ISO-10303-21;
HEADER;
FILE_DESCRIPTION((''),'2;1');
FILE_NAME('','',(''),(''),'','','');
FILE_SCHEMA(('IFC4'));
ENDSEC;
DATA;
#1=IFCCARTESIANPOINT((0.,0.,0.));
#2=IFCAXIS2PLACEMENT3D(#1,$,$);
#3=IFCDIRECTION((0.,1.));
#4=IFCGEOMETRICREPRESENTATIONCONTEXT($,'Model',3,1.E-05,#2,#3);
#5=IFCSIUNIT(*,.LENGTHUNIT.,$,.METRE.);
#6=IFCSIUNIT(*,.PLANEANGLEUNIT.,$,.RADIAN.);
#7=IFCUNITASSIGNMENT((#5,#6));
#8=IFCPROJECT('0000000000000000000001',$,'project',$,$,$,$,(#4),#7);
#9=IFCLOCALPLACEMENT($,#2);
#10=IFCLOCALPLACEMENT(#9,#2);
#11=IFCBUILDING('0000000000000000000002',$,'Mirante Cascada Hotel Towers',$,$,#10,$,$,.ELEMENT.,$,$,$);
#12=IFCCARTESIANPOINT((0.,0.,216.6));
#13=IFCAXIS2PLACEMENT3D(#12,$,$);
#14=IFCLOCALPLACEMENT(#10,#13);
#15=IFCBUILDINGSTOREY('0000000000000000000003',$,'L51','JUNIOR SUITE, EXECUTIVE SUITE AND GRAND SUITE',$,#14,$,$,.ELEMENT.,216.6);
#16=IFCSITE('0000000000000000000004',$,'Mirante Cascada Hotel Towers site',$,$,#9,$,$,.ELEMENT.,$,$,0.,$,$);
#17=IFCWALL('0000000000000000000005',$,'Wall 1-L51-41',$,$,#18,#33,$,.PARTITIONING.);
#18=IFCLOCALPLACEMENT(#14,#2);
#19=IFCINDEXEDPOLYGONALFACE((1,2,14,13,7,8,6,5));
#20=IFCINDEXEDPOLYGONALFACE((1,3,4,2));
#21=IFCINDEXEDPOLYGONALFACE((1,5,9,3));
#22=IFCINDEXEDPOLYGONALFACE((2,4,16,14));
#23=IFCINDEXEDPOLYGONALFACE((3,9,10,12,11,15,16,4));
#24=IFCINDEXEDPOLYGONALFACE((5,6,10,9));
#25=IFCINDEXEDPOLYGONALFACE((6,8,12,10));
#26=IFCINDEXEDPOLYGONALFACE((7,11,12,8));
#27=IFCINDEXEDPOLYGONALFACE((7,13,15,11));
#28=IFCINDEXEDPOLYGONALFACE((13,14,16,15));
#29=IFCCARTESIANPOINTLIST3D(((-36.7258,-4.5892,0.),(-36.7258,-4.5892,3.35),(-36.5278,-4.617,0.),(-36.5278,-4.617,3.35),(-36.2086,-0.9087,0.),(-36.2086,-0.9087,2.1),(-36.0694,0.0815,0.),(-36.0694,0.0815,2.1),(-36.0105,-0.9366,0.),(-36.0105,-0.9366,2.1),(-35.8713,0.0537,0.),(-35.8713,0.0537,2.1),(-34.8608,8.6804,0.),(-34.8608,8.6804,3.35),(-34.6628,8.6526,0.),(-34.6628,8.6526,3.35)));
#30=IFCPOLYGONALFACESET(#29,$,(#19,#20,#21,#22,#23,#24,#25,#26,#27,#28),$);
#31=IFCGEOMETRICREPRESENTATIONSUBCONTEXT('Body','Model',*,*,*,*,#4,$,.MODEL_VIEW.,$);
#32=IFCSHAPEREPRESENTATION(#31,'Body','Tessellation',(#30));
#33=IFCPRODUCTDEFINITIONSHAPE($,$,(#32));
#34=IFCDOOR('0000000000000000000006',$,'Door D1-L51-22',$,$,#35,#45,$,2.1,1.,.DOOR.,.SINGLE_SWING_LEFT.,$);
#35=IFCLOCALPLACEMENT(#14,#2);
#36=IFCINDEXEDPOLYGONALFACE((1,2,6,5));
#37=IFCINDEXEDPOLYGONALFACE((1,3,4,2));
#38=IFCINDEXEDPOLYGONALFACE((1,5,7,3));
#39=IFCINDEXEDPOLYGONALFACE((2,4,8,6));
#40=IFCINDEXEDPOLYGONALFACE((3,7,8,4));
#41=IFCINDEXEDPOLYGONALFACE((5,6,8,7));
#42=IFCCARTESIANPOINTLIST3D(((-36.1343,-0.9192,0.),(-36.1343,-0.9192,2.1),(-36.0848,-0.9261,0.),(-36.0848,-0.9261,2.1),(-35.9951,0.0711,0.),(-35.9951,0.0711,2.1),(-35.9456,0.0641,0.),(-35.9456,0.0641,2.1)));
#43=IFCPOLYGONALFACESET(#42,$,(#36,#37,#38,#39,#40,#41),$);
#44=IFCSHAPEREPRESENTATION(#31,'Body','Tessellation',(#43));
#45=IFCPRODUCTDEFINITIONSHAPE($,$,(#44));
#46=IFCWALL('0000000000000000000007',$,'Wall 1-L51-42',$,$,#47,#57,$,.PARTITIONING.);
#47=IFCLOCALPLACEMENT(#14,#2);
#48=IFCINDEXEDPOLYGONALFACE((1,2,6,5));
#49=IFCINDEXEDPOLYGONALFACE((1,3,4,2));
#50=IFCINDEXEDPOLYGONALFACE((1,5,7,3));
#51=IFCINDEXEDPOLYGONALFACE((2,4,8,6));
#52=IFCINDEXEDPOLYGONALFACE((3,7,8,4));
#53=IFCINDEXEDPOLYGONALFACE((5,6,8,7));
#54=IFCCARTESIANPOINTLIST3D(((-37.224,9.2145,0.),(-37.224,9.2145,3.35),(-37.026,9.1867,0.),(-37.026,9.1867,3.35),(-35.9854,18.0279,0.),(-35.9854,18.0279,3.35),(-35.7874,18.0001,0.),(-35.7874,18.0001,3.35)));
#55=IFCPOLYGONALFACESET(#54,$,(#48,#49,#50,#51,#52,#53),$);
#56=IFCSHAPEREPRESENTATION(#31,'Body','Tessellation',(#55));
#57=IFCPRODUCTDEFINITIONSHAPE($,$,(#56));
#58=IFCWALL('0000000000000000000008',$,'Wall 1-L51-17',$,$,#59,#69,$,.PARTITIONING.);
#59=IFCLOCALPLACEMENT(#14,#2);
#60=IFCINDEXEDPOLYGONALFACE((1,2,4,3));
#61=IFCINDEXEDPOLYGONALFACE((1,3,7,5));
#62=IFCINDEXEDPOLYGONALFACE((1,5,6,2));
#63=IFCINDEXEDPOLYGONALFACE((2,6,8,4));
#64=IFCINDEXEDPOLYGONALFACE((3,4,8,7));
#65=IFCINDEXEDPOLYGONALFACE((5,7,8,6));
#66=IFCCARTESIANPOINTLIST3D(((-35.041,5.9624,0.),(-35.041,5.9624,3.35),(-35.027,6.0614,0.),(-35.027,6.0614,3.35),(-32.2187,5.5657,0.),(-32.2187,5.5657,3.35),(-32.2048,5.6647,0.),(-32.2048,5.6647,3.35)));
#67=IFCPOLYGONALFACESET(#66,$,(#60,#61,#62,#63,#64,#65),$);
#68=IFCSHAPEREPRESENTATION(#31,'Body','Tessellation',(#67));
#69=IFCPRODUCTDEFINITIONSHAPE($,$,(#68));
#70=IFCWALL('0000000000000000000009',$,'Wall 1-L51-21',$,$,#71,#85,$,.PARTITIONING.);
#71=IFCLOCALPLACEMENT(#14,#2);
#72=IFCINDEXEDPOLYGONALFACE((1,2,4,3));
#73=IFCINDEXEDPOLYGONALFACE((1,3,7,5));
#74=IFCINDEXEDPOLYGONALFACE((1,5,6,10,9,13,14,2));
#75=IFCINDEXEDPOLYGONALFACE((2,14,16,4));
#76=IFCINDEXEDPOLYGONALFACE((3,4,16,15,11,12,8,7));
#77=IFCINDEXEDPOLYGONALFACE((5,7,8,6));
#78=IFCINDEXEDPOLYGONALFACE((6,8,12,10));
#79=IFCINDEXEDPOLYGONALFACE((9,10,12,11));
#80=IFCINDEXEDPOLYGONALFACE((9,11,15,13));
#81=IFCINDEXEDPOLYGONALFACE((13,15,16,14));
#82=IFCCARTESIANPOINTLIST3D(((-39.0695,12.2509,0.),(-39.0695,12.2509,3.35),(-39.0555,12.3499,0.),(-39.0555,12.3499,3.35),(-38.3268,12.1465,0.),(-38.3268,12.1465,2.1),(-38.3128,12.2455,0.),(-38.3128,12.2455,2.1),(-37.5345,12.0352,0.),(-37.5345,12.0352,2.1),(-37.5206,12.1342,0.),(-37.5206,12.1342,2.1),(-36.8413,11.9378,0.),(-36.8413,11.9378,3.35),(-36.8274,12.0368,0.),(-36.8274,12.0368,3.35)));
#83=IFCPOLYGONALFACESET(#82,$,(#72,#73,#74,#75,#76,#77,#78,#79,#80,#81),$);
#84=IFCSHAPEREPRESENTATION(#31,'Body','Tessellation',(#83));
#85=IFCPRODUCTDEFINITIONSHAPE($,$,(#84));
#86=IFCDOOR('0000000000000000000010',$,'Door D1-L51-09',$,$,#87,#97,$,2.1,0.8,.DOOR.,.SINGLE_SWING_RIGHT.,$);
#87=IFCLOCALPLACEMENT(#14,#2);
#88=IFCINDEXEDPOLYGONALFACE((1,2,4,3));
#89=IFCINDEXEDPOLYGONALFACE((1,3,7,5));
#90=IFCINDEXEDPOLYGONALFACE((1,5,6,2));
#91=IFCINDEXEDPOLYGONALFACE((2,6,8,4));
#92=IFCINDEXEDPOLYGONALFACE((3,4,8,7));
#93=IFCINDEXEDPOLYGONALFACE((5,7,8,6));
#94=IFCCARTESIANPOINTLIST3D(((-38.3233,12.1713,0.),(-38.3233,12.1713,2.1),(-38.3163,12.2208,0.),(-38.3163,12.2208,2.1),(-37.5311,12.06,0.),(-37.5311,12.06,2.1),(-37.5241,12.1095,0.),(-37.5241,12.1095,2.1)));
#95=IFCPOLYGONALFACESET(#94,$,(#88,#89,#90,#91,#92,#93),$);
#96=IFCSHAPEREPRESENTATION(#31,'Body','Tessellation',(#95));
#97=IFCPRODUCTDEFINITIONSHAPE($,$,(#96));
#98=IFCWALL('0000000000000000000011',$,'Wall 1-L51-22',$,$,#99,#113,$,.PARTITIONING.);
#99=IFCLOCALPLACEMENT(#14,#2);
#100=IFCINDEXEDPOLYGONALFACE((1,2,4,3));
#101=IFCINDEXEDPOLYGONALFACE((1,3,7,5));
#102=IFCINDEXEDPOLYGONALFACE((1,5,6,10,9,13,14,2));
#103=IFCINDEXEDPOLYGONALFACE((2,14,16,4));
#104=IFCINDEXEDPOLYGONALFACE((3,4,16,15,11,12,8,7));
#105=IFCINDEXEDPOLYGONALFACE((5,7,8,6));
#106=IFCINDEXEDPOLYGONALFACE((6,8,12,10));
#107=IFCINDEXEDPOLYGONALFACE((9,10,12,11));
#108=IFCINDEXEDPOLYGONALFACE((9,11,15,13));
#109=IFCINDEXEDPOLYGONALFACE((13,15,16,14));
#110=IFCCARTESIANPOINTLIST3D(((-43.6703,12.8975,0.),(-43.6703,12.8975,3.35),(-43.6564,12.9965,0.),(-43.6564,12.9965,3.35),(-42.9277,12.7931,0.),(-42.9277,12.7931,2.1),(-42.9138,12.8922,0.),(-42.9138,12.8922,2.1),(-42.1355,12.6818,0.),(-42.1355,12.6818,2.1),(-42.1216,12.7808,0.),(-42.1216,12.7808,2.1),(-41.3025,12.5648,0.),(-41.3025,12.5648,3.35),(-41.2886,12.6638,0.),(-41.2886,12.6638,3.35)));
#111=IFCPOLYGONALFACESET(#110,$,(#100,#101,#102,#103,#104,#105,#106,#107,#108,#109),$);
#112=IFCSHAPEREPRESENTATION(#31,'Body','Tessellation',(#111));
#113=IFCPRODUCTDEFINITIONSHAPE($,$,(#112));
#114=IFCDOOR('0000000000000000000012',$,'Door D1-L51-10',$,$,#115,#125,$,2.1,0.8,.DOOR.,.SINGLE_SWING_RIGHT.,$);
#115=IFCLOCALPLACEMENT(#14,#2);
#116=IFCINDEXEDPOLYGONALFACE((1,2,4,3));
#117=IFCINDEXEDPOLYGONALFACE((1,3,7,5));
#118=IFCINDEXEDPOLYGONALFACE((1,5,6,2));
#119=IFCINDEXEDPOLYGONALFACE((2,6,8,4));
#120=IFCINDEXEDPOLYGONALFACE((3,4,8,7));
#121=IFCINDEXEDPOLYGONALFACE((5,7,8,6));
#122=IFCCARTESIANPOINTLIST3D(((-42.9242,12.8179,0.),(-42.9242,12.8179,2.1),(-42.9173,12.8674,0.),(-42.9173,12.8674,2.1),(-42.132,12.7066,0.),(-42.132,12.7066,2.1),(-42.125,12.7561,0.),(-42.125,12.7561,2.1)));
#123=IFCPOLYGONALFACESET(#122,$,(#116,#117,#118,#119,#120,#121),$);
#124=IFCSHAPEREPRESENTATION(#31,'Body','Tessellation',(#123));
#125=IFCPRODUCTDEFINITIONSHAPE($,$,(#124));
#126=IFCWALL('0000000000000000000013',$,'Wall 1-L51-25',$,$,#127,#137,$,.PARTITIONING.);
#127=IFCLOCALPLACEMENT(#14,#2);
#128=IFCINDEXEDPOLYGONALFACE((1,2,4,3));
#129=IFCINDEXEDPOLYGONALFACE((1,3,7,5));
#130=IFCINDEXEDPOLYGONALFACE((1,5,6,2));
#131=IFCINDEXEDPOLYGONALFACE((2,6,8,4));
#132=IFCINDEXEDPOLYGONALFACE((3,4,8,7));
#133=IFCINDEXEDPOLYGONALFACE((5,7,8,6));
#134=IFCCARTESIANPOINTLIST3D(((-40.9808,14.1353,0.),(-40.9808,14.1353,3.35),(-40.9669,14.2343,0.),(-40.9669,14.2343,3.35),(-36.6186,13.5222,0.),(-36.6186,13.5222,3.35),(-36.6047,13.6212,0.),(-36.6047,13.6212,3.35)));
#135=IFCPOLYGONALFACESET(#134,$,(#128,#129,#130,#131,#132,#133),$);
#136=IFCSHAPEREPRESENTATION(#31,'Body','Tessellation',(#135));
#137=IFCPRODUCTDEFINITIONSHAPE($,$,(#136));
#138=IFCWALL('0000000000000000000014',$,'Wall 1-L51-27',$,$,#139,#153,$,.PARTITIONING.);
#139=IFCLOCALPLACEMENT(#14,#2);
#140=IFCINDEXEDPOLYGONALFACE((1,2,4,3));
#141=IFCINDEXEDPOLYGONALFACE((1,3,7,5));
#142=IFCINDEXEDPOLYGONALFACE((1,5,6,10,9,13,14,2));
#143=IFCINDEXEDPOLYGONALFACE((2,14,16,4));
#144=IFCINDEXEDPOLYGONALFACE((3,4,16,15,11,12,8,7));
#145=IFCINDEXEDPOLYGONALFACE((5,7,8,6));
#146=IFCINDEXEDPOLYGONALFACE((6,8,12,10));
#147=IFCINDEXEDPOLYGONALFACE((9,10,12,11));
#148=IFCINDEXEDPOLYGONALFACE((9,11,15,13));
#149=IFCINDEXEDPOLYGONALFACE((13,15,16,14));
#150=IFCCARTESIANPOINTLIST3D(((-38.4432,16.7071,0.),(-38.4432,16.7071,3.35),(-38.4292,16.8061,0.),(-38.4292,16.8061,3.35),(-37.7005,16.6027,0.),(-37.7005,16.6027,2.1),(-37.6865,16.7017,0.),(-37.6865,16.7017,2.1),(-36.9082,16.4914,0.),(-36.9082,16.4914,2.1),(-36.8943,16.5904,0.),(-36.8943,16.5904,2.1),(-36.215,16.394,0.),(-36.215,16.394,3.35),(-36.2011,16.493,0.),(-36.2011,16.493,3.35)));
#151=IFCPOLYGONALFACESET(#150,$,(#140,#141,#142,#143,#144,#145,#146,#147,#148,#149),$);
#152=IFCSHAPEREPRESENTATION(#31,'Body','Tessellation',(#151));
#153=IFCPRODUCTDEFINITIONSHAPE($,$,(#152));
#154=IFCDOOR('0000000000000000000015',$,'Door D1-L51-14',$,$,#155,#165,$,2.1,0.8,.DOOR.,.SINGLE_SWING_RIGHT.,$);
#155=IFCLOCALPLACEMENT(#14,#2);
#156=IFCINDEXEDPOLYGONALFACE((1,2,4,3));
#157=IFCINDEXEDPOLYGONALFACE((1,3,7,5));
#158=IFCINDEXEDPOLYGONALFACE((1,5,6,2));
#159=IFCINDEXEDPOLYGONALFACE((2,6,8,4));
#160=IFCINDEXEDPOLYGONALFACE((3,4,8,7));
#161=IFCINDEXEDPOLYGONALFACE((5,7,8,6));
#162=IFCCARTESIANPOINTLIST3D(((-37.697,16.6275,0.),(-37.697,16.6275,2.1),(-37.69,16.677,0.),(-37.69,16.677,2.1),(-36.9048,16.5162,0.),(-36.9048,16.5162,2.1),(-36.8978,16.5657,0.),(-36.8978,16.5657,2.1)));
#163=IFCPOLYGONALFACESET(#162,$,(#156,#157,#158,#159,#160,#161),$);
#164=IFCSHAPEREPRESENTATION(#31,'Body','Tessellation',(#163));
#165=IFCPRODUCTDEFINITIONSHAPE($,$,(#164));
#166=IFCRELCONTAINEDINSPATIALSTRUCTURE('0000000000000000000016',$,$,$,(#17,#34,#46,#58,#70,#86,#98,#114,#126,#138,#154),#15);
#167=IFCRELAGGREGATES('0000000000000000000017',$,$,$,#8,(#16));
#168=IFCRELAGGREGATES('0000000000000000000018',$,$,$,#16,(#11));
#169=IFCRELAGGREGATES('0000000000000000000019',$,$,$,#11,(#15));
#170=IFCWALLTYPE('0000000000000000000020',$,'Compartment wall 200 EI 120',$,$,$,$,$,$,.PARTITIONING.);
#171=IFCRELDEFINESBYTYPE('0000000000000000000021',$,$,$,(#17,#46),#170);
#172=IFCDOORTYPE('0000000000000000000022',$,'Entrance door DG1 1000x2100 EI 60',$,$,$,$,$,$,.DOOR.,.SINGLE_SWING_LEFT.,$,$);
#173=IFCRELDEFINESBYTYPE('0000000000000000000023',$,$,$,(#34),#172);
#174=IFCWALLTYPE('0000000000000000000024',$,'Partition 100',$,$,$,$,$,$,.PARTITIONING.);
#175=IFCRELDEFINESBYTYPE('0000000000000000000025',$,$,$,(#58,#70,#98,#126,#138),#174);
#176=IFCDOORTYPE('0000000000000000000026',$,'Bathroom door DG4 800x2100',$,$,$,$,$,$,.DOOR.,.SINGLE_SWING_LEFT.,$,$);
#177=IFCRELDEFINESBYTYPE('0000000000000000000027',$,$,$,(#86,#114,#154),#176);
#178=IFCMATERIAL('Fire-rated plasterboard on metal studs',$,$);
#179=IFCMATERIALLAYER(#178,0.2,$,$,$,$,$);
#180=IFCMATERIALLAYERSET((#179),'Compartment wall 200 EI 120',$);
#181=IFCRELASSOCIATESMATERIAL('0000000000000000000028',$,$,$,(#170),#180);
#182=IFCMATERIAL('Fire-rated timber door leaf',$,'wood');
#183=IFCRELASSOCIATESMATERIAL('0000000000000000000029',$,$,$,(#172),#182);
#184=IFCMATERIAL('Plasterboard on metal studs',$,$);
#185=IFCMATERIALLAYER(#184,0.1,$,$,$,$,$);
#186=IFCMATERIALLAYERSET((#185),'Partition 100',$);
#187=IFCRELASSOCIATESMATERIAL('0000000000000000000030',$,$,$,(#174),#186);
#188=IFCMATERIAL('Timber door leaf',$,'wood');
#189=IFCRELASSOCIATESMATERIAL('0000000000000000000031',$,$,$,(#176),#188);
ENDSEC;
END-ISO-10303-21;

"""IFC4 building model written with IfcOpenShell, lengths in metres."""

from ifc_helpers import new_model, si_unit, direction, frame, frame_2d, origin, place, context, subcontext, project, spatial, rectangle, extrude, material, layer, layer_set, type_object, element, fill, save


model = new_model("IFC4")

# Units and contexts
model_context = context("Model", 3, precision=1e-05, world=origin(), true_north=direction((0.0, 1.0)))
body_context = subcontext(model_context, "Body", "Model", "MODEL_VIEW")
ifc_project = project(units=[si_unit("LENGTHUNIT", "METRE"), si_unit("PLANEANGLEUNIT", "RADIAN")], contexts=[model_context])

# Site, building, storey
site_placement = place(None, origin())
site = spatial("IfcSite", under=ifc_project, at=site_placement, Name="Mirante Cascada Hotel Towers site", CompositionType="ELEMENT", RefElevation=0.0)
building_placement = place(site_placement, origin())
building = spatial("IfcBuilding", under=site, at=building_placement, Name="Mirante Cascada Hotel Towers", CompositionType="ELEMENT")
storey_placement = place(building_placement, frame((0.0, 0.0, 216.6)))
storey = spatial("IfcBuildingStorey", under=building, at=storey_placement, Name="L51", Description="JUNIOR SUITE, EXECUTIVE SUITE AND GRAND SUITE", CompositionType="ELEMENT", Elevation=216.6)

# Shared definitions
ifc_material_1 = material(Name="Fire-rated plasterboard on metal studs")
ifc_layer_1 = layer(ifc_material_1, 0.2)
ifc_layer_set_1 = layer_set([ifc_layer_1], Name="Compartment wall 200 EI 120")
wall_type_1 = type_object("IfcWallType", Name="Compartment wall 200 EI 120", PredefinedType="PARTITIONING", material=ifc_layer_set_1)

# Wall, opening, door
wall_1_placement = place(storey_placement, frame((-34.7618, 8.6665, 0.0), z_axis=(0.0, 0.0, 1.0), x_axis=(-0.139179, -0.990267, 0.0)))
wall_1 = element("IfcWall", 1, at=wall_1_placement, inside=storey, type_object=wall_type_1, Name="Wall 1-L51-41", PredefinedType="PARTITIONING", context=body_context, shape_type="SweptSolid", body=[
    extrude(rectangle(XDim=13.4, YDim=0.2, at=frame_2d((6.7, 0.0))), origin(), (0.0, 0.0, 1.0), 3.35),
])
opening_1_placement = place(wall_1_placement, frame((8.6834, 0.0, 0.0)))
opening_1 = element("IfcOpeningElement", 2, at=opening_1_placement, cuts=wall_1, PredefinedType="OPENING", context=body_context, shape_type="SweptSolid", body=[
    extrude(rectangle(XDim=1.0, YDim=2.1, at=frame_2d((0.5, 1.05))), frame((0.0, 0.1, 0.0), z_axis=(0.0, -1.0, 0.0), x_axis=(1.0, 0.0, 0.0)), (0.0, 0.0, 1.0), 0.2),
])
ifc_material_2 = material(Name="Fire-rated timber door leaf", Category="wood")
door_type_1 = type_object("IfcDoorType", Name="Entrance door DG1 1000x2100 EI 60", OperationType="SINGLE_SWING_LEFT", PredefinedType="DOOR", material=ifc_material_2)
door_1_placement = place(opening_1_placement, origin())
door_1 = element("IfcDoor", 3, at=door_1_placement, inside=storey, type_object=door_type_1, Name="Door D1-L51-22", OperationType="SINGLE_SWING_LEFT", OverallHeight=2.1, OverallWidth=1.0, PredefinedType="DOOR", context=body_context, shape_type="SweptSolid", body=[
    extrude(rectangle(XDim=1.0, YDim=2.1, at=frame_2d((0.5, 1.05))), frame((0.0, 0.025, 0.0), z_axis=(0.0, -1.0, 0.0), x_axis=(1.0, 0.0, 0.0)), (0.0, 0.0, 1.0), 0.05),
])
fill(opening_1, door_1)

# Walls
wall_2_placement = place(storey_placement, frame((-37.125, 9.2006, 0.0), z_axis=(0.0, 0.0, 1.0), x_axis=(0.139168, 0.990269, 0.0)))
element("IfcWall", 4, at=wall_2_placement, inside=storey, type_object=wall_type_1, Name="Wall 1-L51-42", PredefinedType="PARTITIONING", context=body_context, shape_type="SweptSolid", body=[
    extrude(rectangle(XDim=8.9, YDim=0.2, at=frame_2d((4.45, 0.0))), origin(), (0.0, 0.0, 1.0), 3.35),
])
ifc_material_3 = material(Name="Plasterboard on metal studs")
ifc_layer_2 = layer(ifc_material_3, 0.1)
ifc_layer_set_2 = layer_set([ifc_layer_2], Name="Partition 100")
wall_type_2 = type_object("IfcWallType", Name="Partition 100", PredefinedType="PARTITIONING", material=ifc_layer_set_2)
wall_3_placement = place(storey_placement, frame((-35.034, 6.0119, 0.0), z_axis=(0.0, 0.0, 1.0), x_axis=(0.990266, -0.139191, 0.0)))
element("IfcWall", 5, at=wall_3_placement, inside=storey, type_object=wall_type_2, Name="Wall 1-L51-17", PredefinedType="PARTITIONING", context=body_context, shape_type="SweptSolid", body=[
    extrude(rectangle(XDim=2.85, YDim=0.1, at=frame_2d((1.425, 0.0))), origin(), (0.0, 0.0, 1.0), 3.35),
])

# Walls, openings, doors
wall_4_placement = place(storey_placement, frame((-39.0625, 12.3004, 0.0), z_axis=(0.0, 0.0, 1.0), x_axis=(0.990271, -0.139156, 0.0)))
wall_4 = element("IfcWall", 6, at=wall_4_placement, inside=storey, type_object=wall_type_2, Name="Wall 1-L51-21", PredefinedType="PARTITIONING", context=body_context, shape_type="SweptSolid", body=[
    extrude(rectangle(XDim=2.25, YDim=0.1, at=frame_2d((1.125, 0.0))), origin(), (0.0, 0.0, 1.0), 3.35),
])
opening_2_placement = place(wall_4_placement, frame((0.75, 0.0, 0.0)))
opening_2 = element("IfcOpeningElement", 7, at=opening_2_placement, cuts=wall_4, PredefinedType="OPENING", context=body_context, shape_type="SweptSolid", body=[
    extrude(rectangle(XDim=0.8, YDim=2.1, at=frame_2d((0.4, 1.05))), frame((0.0, 0.05, 0.0), z_axis=(0.0, -1.0, 0.0), x_axis=(1.0, 0.0, 0.0)), (0.0, 0.0, 1.0), 0.1),
])
ifc_material_4 = material(Name="Timber door leaf", Category="wood")
door_type_2 = type_object("IfcDoorType", Name="Bathroom door DG4 800x2100", OperationType="SINGLE_SWING_LEFT", PredefinedType="DOOR", material=ifc_material_4)
door_2_placement = place(opening_2_placement, frame((0.8, 0.0, 0.0), z_axis=(0.0, 0.0, 1.0), x_axis=(-1.0, 0.0, 0.0)))
door_2 = element("IfcDoor", 8, at=door_2_placement, inside=storey, type_object=door_type_2, Name="Door D1-L51-09", OperationType="SINGLE_SWING_RIGHT", OverallHeight=2.1, OverallWidth=0.8, PredefinedType="DOOR", context=body_context, shape_type="SweptSolid", body=[
    extrude(rectangle(XDim=0.8, YDim=2.1, at=frame_2d((0.4, 1.05))), frame((0.0, 0.025, 0.0), z_axis=(0.0, -1.0, 0.0), x_axis=(1.0, 0.0, 0.0)), (0.0, 0.0, 1.0), 0.05),
])
fill(opening_2, door_2)
wall_5_placement = place(storey_placement, frame((-41.2956, 12.6143, 0.0), z_axis=(0.0, 0.0, 1.0), x_axis=(-0.990272, 0.139143, 0.0)))
wall_5 = element("IfcWall", 9, at=wall_5_placement, inside=storey, type_object=wall_type_2, Name="Wall 1-L51-22", PredefinedType="PARTITIONING", context=body_context, shape_type="SweptSolid", body=[
    extrude(rectangle(XDim=2.3911, YDim=0.1, at=frame_2d((1.1955, 0.0))), origin(), (0.0, 0.0, 1.0), 3.35),
])
opening_3_placement = place(wall_5_placement, frame((0.8411, 0.0, 0.0)))
opening_3 = element("IfcOpeningElement", 10, at=opening_3_placement, cuts=wall_5, PredefinedType="OPENING", context=body_context, shape_type="SweptSolid", body=[
    extrude(rectangle(XDim=0.8, YDim=2.1, at=frame_2d((0.4, 1.05))), frame((0.0, 0.05, 0.0), z_axis=(0.0, -1.0, 0.0), x_axis=(1.0, 0.0, 0.0)), (0.0, 0.0, 1.0), 0.1),
])
door_3_placement = place(opening_3_placement, frame((0.8, 0.0, 0.0), z_axis=(0.0, 0.0, 1.0), x_axis=(-1.0, 0.0, 0.0)))
door_3 = element("IfcDoor", 11, at=door_3_placement, inside=storey, type_object=door_type_2, Name="Door D1-L51-10", OperationType="SINGLE_SWING_RIGHT", OverallHeight=2.1, OverallWidth=0.8, PredefinedType="DOOR", context=body_context, shape_type="SweptSolid", body=[
    extrude(rectangle(XDim=0.8, YDim=2.1, at=frame_2d((0.4, 1.05))), frame((0.0, 0.025, 0.0), z_axis=(0.0, -1.0, 0.0), x_axis=(1.0, 0.0, 0.0)), (0.0, 0.0, 1.0), 0.05),
])
fill(opening_3, door_3)

# Wall
wall_6_placement = place(storey_placement, frame((-40.9739, 14.1848, 0.0), z_axis=(0.0, 0.0, 1.0), x_axis=(0.990267, -0.13918, 0.0)))
element("IfcWall", 12, at=wall_6_placement, inside=storey, type_object=wall_type_2, Name="Wall 1-L51-25", PredefinedType="PARTITIONING", context=body_context, shape_type="SweptSolid", body=[
    extrude(rectangle(XDim=4.4051, YDim=0.1, at=frame_2d((2.2026, 0.0))), origin(), (0.0, 0.0, 1.0), 3.35),
])

# Wall, opening, door
wall_7_placement = place(storey_placement, frame((-38.4362, 16.7566, 0.0), z_axis=(0.0, 0.0, 1.0), x_axis=(0.990271, -0.139156, 0.0)))
wall_7 = element("IfcWall", 13, at=wall_7_placement, inside=storey, type_object=wall_type_2, Name="Wall 1-L51-27", PredefinedType="PARTITIONING", context=body_context, shape_type="SweptSolid", body=[
    extrude(rectangle(XDim=2.25, YDim=0.1, at=frame_2d((1.125, 0.0))), origin(), (0.0, 0.0, 1.0), 3.35),
])
opening_4_placement = place(wall_7_placement, frame((0.75, 0.0, 0.0)))
opening_4 = element("IfcOpeningElement", 14, at=opening_4_placement, cuts=wall_7, PredefinedType="OPENING", context=body_context, shape_type="SweptSolid", body=[
    extrude(rectangle(XDim=0.8, YDim=2.1, at=frame_2d((0.4, 1.05))), frame((0.0, 0.05, 0.0), z_axis=(0.0, -1.0, 0.0), x_axis=(1.0, 0.0, 0.0)), (0.0, 0.0, 1.0), 0.1),
])
door_4_placement = place(opening_4_placement, frame((0.8, 0.0, 0.0), z_axis=(0.0, 0.0, 1.0), x_axis=(-1.0, 0.0, 0.0)))
door_4 = element("IfcDoor", 15, at=door_4_placement, inside=storey, type_object=door_type_2, Name="Door D1-L51-14", OperationType="SINGLE_SWING_RIGHT", OverallHeight=2.1, OverallWidth=0.8, PredefinedType="DOOR", context=body_context, shape_type="SweptSolid", body=[
    extrude(rectangle(XDim=0.8, YDim=2.1, at=frame_2d((0.4, 1.05))), frame((0.0, 0.025, 0.0), z_axis=(0.0, -1.0, 0.0), x_axis=(1.0, 0.0, 0.0)), (0.0, 0.0, 1.0), 0.05),
])
fill(opening_4, door_4)

save(model, "model.ifc")
